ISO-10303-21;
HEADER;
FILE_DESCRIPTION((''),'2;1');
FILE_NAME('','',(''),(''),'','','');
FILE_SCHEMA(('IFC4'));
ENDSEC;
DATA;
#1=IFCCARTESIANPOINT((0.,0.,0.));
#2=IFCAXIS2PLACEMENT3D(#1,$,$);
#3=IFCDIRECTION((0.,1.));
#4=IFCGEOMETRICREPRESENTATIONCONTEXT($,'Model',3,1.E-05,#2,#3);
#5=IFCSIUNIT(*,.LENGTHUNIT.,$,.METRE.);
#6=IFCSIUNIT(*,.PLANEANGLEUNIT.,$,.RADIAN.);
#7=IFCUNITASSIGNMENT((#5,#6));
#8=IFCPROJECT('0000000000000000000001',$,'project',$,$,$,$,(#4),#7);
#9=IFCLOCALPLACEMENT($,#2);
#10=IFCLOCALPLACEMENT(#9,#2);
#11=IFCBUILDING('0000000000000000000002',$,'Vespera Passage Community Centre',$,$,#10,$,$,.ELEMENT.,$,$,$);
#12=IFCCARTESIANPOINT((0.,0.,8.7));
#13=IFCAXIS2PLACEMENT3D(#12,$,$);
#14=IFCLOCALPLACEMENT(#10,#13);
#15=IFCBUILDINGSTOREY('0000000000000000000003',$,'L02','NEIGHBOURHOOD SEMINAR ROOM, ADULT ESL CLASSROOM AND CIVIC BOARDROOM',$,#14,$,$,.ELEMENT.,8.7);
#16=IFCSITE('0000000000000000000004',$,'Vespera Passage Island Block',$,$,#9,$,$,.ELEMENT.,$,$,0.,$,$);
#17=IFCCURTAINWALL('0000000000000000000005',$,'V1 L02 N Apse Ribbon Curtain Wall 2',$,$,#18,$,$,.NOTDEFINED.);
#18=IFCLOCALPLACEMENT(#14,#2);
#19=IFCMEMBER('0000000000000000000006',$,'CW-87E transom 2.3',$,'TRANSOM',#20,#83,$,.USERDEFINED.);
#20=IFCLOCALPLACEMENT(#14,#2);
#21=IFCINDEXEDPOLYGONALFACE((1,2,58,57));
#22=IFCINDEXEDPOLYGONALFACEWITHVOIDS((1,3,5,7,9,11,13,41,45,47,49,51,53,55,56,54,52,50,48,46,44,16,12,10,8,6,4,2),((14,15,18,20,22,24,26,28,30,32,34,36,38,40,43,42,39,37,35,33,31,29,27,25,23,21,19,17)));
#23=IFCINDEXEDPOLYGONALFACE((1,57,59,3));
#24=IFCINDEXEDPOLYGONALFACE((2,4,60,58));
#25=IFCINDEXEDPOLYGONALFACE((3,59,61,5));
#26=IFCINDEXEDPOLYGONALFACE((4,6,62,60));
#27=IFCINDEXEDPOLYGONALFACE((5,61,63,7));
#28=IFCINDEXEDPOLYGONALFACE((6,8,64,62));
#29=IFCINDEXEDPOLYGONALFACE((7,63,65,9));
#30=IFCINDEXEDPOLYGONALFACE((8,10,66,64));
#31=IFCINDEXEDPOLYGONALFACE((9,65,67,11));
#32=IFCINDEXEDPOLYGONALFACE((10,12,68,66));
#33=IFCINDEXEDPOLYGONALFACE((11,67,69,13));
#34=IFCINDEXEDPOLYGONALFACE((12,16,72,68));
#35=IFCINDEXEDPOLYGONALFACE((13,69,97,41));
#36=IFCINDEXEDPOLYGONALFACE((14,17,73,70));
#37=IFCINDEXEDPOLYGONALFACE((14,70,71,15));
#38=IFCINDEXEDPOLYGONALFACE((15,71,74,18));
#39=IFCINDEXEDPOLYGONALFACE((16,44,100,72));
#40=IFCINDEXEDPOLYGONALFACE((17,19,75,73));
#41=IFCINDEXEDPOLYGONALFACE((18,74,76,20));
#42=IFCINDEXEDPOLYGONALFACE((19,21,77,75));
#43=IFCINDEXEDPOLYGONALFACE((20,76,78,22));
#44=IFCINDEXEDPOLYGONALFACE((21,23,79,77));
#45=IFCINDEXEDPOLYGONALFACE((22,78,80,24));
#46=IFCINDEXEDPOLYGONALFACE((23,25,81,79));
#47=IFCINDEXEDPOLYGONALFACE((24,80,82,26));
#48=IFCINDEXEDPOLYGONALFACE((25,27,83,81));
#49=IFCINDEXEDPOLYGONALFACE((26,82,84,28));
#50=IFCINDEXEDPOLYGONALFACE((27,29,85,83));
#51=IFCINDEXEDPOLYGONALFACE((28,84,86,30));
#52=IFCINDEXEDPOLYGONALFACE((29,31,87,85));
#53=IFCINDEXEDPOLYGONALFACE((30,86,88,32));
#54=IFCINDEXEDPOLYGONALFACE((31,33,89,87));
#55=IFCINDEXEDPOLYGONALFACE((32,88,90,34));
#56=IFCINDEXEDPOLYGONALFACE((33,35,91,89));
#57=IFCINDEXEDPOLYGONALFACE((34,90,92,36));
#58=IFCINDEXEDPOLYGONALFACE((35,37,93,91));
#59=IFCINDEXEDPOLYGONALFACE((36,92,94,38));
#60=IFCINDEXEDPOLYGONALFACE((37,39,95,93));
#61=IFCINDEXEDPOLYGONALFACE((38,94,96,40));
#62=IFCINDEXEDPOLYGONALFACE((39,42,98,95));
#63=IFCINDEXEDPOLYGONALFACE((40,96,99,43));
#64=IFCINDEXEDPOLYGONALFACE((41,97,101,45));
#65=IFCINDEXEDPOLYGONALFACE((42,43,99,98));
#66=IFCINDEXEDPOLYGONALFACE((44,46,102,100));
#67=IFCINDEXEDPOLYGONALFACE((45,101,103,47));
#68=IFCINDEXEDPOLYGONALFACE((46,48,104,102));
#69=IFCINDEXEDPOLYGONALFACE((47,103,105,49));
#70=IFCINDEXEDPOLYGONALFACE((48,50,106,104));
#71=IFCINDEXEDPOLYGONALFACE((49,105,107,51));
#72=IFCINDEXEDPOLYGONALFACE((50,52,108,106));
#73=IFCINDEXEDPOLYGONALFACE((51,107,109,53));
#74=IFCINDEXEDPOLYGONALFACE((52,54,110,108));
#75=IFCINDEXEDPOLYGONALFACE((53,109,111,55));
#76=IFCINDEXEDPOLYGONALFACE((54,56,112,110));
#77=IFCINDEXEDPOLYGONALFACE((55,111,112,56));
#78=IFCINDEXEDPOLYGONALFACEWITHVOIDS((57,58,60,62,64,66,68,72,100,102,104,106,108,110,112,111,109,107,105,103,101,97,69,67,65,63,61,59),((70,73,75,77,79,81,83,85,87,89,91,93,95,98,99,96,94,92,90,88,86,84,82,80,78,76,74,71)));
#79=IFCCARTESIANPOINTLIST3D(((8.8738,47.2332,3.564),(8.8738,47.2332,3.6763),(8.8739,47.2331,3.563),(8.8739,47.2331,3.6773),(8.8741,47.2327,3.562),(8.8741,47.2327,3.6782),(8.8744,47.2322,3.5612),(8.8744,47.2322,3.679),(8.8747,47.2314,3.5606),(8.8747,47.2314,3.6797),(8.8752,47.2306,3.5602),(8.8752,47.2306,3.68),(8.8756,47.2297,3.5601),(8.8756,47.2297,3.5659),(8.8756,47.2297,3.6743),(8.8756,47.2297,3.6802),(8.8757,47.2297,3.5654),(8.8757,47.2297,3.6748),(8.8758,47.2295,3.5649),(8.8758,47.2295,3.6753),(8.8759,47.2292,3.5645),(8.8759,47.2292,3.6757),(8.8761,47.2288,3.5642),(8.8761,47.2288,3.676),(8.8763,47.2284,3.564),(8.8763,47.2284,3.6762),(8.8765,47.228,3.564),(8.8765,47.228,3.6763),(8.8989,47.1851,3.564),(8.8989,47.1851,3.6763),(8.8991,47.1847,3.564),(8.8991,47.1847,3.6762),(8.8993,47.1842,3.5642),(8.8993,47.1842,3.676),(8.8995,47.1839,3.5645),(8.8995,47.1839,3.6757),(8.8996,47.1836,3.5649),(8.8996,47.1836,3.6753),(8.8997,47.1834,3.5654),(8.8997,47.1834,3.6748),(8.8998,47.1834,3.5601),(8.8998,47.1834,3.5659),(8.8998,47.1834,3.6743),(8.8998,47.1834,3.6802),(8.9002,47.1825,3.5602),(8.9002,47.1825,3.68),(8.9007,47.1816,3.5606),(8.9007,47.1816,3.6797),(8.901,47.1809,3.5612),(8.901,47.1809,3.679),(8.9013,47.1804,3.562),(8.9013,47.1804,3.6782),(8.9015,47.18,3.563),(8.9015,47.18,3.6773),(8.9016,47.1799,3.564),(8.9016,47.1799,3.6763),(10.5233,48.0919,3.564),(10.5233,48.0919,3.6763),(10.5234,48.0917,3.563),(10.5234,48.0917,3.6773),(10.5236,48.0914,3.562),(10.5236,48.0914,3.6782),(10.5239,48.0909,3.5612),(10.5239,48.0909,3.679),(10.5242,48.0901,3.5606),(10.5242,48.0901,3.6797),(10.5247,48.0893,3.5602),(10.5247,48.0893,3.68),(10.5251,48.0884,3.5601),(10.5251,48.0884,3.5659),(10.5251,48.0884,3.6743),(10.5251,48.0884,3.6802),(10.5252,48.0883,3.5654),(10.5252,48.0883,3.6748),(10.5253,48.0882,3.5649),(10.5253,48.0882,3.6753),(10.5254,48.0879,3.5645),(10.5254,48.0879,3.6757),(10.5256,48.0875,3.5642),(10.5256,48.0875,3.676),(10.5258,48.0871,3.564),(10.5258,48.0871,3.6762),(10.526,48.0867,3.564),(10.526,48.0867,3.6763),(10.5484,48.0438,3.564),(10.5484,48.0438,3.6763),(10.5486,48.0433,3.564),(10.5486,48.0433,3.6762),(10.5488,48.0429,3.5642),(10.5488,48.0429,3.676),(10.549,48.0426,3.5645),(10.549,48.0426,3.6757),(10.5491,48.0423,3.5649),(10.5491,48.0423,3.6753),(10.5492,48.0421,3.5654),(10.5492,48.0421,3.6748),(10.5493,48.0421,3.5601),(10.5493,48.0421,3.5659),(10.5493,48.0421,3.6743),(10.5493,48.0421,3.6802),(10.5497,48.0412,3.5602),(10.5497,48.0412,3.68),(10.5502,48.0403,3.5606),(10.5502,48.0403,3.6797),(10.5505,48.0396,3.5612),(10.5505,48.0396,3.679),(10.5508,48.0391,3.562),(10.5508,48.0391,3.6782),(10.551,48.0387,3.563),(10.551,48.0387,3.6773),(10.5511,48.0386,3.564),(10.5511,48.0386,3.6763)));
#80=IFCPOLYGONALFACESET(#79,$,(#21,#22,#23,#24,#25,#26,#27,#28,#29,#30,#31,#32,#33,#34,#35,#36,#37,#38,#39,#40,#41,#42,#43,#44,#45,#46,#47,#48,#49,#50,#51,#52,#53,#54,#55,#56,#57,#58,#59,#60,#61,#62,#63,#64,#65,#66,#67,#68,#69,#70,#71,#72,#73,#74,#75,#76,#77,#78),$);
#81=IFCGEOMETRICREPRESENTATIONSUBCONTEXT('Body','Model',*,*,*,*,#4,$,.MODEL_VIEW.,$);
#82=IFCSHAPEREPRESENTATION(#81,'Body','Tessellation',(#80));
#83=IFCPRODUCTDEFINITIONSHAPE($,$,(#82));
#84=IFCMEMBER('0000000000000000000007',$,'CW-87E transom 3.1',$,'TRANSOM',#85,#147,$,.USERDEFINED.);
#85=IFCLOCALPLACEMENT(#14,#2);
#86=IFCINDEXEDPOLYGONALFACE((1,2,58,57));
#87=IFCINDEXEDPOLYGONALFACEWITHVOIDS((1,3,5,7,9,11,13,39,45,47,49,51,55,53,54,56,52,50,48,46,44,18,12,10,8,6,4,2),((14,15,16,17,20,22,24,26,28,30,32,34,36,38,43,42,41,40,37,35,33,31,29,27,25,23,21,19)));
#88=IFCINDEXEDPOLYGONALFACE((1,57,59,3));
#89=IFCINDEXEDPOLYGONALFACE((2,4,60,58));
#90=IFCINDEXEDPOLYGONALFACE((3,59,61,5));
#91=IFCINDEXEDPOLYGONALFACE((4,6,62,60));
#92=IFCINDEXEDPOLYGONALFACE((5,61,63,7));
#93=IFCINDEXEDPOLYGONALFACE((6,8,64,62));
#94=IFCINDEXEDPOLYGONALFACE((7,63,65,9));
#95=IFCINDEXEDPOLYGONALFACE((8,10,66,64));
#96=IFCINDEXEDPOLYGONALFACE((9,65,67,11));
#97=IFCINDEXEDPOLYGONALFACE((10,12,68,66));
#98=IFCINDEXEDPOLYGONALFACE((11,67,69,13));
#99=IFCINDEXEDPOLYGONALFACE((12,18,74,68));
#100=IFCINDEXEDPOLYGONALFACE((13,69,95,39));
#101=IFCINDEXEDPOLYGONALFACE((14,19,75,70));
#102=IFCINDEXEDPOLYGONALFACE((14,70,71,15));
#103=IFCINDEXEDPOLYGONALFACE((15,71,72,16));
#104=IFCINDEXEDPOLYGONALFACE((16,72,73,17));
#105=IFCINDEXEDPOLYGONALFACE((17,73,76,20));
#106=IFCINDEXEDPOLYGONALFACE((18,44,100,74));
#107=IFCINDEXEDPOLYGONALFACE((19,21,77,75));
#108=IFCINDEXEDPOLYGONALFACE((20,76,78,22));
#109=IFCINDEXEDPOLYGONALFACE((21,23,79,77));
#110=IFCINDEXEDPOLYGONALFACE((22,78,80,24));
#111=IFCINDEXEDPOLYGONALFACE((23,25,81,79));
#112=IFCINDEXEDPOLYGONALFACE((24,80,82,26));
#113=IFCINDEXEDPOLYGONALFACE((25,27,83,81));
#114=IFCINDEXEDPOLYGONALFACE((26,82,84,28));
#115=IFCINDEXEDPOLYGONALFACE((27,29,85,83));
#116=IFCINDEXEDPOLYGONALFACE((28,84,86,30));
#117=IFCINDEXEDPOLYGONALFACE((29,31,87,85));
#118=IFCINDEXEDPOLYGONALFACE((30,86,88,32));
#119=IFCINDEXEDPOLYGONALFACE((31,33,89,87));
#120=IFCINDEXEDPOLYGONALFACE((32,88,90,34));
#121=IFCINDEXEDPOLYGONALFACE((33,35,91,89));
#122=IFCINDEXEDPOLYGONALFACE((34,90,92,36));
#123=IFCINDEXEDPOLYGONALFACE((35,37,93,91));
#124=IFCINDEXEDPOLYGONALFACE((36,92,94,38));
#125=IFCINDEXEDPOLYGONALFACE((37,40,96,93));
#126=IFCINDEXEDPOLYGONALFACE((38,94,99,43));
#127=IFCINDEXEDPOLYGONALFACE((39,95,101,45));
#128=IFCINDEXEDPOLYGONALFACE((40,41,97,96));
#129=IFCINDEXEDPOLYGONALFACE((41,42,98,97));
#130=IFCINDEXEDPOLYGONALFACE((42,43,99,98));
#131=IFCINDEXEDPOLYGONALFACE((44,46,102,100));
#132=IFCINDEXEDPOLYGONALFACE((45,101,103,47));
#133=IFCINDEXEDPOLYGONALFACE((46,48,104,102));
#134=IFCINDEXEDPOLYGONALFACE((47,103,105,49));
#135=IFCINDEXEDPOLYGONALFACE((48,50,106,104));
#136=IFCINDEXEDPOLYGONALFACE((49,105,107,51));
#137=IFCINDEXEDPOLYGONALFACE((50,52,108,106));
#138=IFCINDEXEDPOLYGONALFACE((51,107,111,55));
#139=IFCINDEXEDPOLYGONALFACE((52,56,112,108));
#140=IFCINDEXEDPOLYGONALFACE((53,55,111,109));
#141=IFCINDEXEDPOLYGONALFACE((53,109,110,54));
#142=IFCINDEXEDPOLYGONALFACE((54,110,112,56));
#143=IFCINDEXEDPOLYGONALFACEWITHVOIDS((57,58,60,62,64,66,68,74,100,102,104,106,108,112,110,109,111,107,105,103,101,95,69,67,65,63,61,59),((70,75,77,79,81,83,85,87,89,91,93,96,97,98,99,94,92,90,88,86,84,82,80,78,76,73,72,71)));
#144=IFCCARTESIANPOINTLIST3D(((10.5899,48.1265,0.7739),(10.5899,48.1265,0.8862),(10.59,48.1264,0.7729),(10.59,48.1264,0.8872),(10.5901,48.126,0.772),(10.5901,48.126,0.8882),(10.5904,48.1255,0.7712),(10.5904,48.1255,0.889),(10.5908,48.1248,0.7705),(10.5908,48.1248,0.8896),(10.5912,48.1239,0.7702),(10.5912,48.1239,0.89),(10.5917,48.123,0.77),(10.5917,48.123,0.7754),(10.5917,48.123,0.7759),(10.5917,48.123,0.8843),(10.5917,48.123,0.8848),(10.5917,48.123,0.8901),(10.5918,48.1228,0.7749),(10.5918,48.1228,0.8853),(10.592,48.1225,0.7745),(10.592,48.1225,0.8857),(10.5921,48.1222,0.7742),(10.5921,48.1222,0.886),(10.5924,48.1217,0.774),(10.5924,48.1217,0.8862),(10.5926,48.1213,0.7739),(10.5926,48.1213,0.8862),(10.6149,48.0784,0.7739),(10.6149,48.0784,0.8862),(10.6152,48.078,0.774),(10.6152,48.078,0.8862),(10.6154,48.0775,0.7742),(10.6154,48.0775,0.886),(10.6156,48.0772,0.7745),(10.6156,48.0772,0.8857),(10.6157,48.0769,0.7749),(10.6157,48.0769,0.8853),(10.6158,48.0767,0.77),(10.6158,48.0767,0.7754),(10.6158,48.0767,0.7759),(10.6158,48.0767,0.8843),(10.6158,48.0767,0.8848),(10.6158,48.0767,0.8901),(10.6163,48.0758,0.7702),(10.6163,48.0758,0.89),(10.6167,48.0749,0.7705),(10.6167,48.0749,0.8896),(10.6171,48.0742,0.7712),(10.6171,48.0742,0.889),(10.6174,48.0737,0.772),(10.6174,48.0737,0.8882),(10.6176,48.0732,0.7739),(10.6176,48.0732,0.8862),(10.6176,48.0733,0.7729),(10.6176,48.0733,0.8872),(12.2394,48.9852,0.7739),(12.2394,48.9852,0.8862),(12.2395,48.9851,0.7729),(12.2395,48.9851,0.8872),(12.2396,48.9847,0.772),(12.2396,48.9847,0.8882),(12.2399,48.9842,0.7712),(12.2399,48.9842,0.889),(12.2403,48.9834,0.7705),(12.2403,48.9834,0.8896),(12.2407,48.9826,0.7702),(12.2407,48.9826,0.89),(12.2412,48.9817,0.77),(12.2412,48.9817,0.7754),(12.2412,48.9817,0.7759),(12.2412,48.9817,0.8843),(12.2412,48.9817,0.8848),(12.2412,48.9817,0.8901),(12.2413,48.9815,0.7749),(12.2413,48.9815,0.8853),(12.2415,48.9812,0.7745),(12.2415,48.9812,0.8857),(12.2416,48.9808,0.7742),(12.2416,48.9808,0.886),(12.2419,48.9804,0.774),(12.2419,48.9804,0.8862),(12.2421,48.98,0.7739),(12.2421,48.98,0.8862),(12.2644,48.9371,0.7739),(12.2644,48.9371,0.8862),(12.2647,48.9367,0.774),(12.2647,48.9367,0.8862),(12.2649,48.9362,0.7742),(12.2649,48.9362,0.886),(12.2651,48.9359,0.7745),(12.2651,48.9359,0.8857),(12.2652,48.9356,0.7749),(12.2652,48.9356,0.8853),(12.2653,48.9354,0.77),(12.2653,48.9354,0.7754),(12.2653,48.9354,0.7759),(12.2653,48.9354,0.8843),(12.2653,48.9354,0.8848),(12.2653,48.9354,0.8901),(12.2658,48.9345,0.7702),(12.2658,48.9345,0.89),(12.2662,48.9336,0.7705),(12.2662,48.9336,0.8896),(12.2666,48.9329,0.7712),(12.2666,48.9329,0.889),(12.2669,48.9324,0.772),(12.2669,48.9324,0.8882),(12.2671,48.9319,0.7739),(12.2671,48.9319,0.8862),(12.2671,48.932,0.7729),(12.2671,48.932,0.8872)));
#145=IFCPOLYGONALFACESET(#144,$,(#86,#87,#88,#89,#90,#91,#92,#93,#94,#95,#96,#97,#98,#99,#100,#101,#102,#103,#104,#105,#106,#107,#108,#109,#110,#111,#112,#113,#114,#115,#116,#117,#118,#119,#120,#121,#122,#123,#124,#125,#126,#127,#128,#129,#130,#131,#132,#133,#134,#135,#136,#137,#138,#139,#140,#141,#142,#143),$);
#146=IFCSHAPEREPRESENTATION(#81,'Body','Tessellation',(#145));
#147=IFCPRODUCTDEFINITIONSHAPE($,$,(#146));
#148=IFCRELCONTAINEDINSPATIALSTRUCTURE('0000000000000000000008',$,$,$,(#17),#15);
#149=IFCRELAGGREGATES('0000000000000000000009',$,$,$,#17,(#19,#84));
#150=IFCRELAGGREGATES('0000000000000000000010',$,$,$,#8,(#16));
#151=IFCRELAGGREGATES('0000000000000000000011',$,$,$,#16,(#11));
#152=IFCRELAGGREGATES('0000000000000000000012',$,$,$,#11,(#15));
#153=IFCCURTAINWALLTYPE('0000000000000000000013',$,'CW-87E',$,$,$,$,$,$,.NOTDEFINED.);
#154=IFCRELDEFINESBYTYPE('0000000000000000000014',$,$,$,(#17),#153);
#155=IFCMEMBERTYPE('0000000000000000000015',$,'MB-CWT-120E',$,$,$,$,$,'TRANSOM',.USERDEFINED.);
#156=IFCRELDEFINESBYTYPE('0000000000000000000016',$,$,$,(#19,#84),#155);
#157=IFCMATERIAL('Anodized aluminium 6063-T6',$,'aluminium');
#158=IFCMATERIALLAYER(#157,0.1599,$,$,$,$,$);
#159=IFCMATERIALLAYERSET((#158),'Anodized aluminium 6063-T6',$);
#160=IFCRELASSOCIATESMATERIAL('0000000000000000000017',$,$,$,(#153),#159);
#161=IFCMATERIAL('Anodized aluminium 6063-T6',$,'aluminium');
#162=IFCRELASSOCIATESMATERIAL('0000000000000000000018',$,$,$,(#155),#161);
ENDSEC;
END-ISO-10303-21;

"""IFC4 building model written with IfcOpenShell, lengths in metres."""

from ifc_helpers import new_model, si_unit, direction, frame, origin, origin_2d, place, context, subcontext, project, spatial, hollow_rectangle, extrude, material, layer, layer_set, material_profile, profile_set, type_object, element, aggregate, save


model = new_model("IFC4")

# Units and contexts
model_context = context("Model", 3, precision=1e-05, world=origin(), true_north=direction((0.0, 1.0)))
body_context = subcontext(model_context, "Body", "Model", "MODEL_VIEW")
ifc_project = project(units=[si_unit("LENGTHUNIT", "METRE"), si_unit("PLANEANGLEUNIT", "RADIAN")], contexts=[model_context])

# Site, building, storey
site_placement = place(None, origin())
site = spatial("IfcSite", under=ifc_project, at=site_placement, Name="Vespera Passage Island Block", CompositionType="ELEMENT", RefElevation=0.0)
building_placement = place(site_placement, origin())
building = spatial("IfcBuilding", under=site, at=building_placement, Name="Vespera Passage Community Centre", CompositionType="ELEMENT")
storey_placement = place(building_placement, frame((0.0, 0.0, 8.7)))
storey = spatial("IfcBuildingStorey", under=building, at=storey_placement, Name="L02", Description="NEIGHBOURHOOD SEMINAR ROOM, ADULT ESL CLASSROOM AND CIVIC BOARDROOM", CompositionType="ELEMENT", Elevation=8.7)

# Curtain wall, members
ifc_material_1 = material(Name="Anodized aluminium 6063-T6", Category="aluminium")
ifc_layer_1 = layer(ifc_material_1, 0.1599)
ifc_layer_set_1 = layer_set([ifc_layer_1], Name="Anodized aluminium 6063-T6")
curtain_wall_type = type_object("IfcCurtainWallType", Name="CW-87E", PredefinedType="NOTDEFINED", material=ifc_layer_set_1)
curtain_wall_placement = place(storey_placement, origin())
curtain_wall = element("IfcCurtainWall", 1, at=curtain_wall_placement, inside=storey, type_object=curtain_wall_type, Name="V1 L02 N Apse Ribbon Curtain Wall 2", PredefinedType="NOTDEFINED")
ifc_material_2 = material(Name="Anodized aluminium 6063-T6", Category="aluminium")
ifc_material_profile_1 = material_profile(ifc_material_2, hollow_rectangle(XDim=0.0601, YDim=0.1201, WallThickness=0.0039, InnerFilletRadius=0.002, OuterFilletRadius=0.0039, at=origin_2d()), Name="ALU120X60X4")
ifc_profile_set_1 = profile_set([ifc_material_profile_1], Name="Anodized aluminium 6063-T6")
member_type_1 = type_object("IfcMemberType", Name="MB-CWT-120E", ElementType="TRANSOM", PredefinedType="USERDEFINED", material=ifc_profile_set_1)
member_1_placement = place(storey_placement, frame((8.8877, 47.2065, 3.6201), z_axis=(0.887008, 0.461754, 0.0), x_axis=(-0.461754, 0.887008, 0.0)))
member_1 = element("IfcMember", 2, at=member_1_placement, type_object=member_type_1, Name="CW-87E transom 2.3", ObjectType="TRANSOM", PredefinedType="USERDEFINED", context=body_context, shape_type="SweptSolid", body=[
    extrude(hollow_rectangle(XDim=0.0601, YDim=0.1201, WallThickness=0.0039, InnerFilletRadius=0.002, OuterFilletRadius=0.0039, at=origin_2d()), origin(), (0.0, 0.0, 1.0), 1.8596),
])
member_2_placement = place(storey_placement, frame((10.6038, 48.0999, 0.8301), z_axis=(0.887008, 0.461754, 0.0), x_axis=(-0.461754, 0.887008, 0.0)))
member_2 = element("IfcMember", 3, at=member_2_placement, type_object=member_type_1, Name="CW-87E transom 3.1", ObjectType="TRANSOM", PredefinedType="USERDEFINED", context=body_context, shape_type="SweptSolid", body=[
    extrude(hollow_rectangle(XDim=0.0601, YDim=0.1201, WallThickness=0.0039, InnerFilletRadius=0.002, OuterFilletRadius=0.0039, at=origin_2d()), origin(), (0.0, 0.0, 1.0), 1.8596),
])
aggregate(curtain_wall, [member_1, member_2])

save(model, "model.ifc")
